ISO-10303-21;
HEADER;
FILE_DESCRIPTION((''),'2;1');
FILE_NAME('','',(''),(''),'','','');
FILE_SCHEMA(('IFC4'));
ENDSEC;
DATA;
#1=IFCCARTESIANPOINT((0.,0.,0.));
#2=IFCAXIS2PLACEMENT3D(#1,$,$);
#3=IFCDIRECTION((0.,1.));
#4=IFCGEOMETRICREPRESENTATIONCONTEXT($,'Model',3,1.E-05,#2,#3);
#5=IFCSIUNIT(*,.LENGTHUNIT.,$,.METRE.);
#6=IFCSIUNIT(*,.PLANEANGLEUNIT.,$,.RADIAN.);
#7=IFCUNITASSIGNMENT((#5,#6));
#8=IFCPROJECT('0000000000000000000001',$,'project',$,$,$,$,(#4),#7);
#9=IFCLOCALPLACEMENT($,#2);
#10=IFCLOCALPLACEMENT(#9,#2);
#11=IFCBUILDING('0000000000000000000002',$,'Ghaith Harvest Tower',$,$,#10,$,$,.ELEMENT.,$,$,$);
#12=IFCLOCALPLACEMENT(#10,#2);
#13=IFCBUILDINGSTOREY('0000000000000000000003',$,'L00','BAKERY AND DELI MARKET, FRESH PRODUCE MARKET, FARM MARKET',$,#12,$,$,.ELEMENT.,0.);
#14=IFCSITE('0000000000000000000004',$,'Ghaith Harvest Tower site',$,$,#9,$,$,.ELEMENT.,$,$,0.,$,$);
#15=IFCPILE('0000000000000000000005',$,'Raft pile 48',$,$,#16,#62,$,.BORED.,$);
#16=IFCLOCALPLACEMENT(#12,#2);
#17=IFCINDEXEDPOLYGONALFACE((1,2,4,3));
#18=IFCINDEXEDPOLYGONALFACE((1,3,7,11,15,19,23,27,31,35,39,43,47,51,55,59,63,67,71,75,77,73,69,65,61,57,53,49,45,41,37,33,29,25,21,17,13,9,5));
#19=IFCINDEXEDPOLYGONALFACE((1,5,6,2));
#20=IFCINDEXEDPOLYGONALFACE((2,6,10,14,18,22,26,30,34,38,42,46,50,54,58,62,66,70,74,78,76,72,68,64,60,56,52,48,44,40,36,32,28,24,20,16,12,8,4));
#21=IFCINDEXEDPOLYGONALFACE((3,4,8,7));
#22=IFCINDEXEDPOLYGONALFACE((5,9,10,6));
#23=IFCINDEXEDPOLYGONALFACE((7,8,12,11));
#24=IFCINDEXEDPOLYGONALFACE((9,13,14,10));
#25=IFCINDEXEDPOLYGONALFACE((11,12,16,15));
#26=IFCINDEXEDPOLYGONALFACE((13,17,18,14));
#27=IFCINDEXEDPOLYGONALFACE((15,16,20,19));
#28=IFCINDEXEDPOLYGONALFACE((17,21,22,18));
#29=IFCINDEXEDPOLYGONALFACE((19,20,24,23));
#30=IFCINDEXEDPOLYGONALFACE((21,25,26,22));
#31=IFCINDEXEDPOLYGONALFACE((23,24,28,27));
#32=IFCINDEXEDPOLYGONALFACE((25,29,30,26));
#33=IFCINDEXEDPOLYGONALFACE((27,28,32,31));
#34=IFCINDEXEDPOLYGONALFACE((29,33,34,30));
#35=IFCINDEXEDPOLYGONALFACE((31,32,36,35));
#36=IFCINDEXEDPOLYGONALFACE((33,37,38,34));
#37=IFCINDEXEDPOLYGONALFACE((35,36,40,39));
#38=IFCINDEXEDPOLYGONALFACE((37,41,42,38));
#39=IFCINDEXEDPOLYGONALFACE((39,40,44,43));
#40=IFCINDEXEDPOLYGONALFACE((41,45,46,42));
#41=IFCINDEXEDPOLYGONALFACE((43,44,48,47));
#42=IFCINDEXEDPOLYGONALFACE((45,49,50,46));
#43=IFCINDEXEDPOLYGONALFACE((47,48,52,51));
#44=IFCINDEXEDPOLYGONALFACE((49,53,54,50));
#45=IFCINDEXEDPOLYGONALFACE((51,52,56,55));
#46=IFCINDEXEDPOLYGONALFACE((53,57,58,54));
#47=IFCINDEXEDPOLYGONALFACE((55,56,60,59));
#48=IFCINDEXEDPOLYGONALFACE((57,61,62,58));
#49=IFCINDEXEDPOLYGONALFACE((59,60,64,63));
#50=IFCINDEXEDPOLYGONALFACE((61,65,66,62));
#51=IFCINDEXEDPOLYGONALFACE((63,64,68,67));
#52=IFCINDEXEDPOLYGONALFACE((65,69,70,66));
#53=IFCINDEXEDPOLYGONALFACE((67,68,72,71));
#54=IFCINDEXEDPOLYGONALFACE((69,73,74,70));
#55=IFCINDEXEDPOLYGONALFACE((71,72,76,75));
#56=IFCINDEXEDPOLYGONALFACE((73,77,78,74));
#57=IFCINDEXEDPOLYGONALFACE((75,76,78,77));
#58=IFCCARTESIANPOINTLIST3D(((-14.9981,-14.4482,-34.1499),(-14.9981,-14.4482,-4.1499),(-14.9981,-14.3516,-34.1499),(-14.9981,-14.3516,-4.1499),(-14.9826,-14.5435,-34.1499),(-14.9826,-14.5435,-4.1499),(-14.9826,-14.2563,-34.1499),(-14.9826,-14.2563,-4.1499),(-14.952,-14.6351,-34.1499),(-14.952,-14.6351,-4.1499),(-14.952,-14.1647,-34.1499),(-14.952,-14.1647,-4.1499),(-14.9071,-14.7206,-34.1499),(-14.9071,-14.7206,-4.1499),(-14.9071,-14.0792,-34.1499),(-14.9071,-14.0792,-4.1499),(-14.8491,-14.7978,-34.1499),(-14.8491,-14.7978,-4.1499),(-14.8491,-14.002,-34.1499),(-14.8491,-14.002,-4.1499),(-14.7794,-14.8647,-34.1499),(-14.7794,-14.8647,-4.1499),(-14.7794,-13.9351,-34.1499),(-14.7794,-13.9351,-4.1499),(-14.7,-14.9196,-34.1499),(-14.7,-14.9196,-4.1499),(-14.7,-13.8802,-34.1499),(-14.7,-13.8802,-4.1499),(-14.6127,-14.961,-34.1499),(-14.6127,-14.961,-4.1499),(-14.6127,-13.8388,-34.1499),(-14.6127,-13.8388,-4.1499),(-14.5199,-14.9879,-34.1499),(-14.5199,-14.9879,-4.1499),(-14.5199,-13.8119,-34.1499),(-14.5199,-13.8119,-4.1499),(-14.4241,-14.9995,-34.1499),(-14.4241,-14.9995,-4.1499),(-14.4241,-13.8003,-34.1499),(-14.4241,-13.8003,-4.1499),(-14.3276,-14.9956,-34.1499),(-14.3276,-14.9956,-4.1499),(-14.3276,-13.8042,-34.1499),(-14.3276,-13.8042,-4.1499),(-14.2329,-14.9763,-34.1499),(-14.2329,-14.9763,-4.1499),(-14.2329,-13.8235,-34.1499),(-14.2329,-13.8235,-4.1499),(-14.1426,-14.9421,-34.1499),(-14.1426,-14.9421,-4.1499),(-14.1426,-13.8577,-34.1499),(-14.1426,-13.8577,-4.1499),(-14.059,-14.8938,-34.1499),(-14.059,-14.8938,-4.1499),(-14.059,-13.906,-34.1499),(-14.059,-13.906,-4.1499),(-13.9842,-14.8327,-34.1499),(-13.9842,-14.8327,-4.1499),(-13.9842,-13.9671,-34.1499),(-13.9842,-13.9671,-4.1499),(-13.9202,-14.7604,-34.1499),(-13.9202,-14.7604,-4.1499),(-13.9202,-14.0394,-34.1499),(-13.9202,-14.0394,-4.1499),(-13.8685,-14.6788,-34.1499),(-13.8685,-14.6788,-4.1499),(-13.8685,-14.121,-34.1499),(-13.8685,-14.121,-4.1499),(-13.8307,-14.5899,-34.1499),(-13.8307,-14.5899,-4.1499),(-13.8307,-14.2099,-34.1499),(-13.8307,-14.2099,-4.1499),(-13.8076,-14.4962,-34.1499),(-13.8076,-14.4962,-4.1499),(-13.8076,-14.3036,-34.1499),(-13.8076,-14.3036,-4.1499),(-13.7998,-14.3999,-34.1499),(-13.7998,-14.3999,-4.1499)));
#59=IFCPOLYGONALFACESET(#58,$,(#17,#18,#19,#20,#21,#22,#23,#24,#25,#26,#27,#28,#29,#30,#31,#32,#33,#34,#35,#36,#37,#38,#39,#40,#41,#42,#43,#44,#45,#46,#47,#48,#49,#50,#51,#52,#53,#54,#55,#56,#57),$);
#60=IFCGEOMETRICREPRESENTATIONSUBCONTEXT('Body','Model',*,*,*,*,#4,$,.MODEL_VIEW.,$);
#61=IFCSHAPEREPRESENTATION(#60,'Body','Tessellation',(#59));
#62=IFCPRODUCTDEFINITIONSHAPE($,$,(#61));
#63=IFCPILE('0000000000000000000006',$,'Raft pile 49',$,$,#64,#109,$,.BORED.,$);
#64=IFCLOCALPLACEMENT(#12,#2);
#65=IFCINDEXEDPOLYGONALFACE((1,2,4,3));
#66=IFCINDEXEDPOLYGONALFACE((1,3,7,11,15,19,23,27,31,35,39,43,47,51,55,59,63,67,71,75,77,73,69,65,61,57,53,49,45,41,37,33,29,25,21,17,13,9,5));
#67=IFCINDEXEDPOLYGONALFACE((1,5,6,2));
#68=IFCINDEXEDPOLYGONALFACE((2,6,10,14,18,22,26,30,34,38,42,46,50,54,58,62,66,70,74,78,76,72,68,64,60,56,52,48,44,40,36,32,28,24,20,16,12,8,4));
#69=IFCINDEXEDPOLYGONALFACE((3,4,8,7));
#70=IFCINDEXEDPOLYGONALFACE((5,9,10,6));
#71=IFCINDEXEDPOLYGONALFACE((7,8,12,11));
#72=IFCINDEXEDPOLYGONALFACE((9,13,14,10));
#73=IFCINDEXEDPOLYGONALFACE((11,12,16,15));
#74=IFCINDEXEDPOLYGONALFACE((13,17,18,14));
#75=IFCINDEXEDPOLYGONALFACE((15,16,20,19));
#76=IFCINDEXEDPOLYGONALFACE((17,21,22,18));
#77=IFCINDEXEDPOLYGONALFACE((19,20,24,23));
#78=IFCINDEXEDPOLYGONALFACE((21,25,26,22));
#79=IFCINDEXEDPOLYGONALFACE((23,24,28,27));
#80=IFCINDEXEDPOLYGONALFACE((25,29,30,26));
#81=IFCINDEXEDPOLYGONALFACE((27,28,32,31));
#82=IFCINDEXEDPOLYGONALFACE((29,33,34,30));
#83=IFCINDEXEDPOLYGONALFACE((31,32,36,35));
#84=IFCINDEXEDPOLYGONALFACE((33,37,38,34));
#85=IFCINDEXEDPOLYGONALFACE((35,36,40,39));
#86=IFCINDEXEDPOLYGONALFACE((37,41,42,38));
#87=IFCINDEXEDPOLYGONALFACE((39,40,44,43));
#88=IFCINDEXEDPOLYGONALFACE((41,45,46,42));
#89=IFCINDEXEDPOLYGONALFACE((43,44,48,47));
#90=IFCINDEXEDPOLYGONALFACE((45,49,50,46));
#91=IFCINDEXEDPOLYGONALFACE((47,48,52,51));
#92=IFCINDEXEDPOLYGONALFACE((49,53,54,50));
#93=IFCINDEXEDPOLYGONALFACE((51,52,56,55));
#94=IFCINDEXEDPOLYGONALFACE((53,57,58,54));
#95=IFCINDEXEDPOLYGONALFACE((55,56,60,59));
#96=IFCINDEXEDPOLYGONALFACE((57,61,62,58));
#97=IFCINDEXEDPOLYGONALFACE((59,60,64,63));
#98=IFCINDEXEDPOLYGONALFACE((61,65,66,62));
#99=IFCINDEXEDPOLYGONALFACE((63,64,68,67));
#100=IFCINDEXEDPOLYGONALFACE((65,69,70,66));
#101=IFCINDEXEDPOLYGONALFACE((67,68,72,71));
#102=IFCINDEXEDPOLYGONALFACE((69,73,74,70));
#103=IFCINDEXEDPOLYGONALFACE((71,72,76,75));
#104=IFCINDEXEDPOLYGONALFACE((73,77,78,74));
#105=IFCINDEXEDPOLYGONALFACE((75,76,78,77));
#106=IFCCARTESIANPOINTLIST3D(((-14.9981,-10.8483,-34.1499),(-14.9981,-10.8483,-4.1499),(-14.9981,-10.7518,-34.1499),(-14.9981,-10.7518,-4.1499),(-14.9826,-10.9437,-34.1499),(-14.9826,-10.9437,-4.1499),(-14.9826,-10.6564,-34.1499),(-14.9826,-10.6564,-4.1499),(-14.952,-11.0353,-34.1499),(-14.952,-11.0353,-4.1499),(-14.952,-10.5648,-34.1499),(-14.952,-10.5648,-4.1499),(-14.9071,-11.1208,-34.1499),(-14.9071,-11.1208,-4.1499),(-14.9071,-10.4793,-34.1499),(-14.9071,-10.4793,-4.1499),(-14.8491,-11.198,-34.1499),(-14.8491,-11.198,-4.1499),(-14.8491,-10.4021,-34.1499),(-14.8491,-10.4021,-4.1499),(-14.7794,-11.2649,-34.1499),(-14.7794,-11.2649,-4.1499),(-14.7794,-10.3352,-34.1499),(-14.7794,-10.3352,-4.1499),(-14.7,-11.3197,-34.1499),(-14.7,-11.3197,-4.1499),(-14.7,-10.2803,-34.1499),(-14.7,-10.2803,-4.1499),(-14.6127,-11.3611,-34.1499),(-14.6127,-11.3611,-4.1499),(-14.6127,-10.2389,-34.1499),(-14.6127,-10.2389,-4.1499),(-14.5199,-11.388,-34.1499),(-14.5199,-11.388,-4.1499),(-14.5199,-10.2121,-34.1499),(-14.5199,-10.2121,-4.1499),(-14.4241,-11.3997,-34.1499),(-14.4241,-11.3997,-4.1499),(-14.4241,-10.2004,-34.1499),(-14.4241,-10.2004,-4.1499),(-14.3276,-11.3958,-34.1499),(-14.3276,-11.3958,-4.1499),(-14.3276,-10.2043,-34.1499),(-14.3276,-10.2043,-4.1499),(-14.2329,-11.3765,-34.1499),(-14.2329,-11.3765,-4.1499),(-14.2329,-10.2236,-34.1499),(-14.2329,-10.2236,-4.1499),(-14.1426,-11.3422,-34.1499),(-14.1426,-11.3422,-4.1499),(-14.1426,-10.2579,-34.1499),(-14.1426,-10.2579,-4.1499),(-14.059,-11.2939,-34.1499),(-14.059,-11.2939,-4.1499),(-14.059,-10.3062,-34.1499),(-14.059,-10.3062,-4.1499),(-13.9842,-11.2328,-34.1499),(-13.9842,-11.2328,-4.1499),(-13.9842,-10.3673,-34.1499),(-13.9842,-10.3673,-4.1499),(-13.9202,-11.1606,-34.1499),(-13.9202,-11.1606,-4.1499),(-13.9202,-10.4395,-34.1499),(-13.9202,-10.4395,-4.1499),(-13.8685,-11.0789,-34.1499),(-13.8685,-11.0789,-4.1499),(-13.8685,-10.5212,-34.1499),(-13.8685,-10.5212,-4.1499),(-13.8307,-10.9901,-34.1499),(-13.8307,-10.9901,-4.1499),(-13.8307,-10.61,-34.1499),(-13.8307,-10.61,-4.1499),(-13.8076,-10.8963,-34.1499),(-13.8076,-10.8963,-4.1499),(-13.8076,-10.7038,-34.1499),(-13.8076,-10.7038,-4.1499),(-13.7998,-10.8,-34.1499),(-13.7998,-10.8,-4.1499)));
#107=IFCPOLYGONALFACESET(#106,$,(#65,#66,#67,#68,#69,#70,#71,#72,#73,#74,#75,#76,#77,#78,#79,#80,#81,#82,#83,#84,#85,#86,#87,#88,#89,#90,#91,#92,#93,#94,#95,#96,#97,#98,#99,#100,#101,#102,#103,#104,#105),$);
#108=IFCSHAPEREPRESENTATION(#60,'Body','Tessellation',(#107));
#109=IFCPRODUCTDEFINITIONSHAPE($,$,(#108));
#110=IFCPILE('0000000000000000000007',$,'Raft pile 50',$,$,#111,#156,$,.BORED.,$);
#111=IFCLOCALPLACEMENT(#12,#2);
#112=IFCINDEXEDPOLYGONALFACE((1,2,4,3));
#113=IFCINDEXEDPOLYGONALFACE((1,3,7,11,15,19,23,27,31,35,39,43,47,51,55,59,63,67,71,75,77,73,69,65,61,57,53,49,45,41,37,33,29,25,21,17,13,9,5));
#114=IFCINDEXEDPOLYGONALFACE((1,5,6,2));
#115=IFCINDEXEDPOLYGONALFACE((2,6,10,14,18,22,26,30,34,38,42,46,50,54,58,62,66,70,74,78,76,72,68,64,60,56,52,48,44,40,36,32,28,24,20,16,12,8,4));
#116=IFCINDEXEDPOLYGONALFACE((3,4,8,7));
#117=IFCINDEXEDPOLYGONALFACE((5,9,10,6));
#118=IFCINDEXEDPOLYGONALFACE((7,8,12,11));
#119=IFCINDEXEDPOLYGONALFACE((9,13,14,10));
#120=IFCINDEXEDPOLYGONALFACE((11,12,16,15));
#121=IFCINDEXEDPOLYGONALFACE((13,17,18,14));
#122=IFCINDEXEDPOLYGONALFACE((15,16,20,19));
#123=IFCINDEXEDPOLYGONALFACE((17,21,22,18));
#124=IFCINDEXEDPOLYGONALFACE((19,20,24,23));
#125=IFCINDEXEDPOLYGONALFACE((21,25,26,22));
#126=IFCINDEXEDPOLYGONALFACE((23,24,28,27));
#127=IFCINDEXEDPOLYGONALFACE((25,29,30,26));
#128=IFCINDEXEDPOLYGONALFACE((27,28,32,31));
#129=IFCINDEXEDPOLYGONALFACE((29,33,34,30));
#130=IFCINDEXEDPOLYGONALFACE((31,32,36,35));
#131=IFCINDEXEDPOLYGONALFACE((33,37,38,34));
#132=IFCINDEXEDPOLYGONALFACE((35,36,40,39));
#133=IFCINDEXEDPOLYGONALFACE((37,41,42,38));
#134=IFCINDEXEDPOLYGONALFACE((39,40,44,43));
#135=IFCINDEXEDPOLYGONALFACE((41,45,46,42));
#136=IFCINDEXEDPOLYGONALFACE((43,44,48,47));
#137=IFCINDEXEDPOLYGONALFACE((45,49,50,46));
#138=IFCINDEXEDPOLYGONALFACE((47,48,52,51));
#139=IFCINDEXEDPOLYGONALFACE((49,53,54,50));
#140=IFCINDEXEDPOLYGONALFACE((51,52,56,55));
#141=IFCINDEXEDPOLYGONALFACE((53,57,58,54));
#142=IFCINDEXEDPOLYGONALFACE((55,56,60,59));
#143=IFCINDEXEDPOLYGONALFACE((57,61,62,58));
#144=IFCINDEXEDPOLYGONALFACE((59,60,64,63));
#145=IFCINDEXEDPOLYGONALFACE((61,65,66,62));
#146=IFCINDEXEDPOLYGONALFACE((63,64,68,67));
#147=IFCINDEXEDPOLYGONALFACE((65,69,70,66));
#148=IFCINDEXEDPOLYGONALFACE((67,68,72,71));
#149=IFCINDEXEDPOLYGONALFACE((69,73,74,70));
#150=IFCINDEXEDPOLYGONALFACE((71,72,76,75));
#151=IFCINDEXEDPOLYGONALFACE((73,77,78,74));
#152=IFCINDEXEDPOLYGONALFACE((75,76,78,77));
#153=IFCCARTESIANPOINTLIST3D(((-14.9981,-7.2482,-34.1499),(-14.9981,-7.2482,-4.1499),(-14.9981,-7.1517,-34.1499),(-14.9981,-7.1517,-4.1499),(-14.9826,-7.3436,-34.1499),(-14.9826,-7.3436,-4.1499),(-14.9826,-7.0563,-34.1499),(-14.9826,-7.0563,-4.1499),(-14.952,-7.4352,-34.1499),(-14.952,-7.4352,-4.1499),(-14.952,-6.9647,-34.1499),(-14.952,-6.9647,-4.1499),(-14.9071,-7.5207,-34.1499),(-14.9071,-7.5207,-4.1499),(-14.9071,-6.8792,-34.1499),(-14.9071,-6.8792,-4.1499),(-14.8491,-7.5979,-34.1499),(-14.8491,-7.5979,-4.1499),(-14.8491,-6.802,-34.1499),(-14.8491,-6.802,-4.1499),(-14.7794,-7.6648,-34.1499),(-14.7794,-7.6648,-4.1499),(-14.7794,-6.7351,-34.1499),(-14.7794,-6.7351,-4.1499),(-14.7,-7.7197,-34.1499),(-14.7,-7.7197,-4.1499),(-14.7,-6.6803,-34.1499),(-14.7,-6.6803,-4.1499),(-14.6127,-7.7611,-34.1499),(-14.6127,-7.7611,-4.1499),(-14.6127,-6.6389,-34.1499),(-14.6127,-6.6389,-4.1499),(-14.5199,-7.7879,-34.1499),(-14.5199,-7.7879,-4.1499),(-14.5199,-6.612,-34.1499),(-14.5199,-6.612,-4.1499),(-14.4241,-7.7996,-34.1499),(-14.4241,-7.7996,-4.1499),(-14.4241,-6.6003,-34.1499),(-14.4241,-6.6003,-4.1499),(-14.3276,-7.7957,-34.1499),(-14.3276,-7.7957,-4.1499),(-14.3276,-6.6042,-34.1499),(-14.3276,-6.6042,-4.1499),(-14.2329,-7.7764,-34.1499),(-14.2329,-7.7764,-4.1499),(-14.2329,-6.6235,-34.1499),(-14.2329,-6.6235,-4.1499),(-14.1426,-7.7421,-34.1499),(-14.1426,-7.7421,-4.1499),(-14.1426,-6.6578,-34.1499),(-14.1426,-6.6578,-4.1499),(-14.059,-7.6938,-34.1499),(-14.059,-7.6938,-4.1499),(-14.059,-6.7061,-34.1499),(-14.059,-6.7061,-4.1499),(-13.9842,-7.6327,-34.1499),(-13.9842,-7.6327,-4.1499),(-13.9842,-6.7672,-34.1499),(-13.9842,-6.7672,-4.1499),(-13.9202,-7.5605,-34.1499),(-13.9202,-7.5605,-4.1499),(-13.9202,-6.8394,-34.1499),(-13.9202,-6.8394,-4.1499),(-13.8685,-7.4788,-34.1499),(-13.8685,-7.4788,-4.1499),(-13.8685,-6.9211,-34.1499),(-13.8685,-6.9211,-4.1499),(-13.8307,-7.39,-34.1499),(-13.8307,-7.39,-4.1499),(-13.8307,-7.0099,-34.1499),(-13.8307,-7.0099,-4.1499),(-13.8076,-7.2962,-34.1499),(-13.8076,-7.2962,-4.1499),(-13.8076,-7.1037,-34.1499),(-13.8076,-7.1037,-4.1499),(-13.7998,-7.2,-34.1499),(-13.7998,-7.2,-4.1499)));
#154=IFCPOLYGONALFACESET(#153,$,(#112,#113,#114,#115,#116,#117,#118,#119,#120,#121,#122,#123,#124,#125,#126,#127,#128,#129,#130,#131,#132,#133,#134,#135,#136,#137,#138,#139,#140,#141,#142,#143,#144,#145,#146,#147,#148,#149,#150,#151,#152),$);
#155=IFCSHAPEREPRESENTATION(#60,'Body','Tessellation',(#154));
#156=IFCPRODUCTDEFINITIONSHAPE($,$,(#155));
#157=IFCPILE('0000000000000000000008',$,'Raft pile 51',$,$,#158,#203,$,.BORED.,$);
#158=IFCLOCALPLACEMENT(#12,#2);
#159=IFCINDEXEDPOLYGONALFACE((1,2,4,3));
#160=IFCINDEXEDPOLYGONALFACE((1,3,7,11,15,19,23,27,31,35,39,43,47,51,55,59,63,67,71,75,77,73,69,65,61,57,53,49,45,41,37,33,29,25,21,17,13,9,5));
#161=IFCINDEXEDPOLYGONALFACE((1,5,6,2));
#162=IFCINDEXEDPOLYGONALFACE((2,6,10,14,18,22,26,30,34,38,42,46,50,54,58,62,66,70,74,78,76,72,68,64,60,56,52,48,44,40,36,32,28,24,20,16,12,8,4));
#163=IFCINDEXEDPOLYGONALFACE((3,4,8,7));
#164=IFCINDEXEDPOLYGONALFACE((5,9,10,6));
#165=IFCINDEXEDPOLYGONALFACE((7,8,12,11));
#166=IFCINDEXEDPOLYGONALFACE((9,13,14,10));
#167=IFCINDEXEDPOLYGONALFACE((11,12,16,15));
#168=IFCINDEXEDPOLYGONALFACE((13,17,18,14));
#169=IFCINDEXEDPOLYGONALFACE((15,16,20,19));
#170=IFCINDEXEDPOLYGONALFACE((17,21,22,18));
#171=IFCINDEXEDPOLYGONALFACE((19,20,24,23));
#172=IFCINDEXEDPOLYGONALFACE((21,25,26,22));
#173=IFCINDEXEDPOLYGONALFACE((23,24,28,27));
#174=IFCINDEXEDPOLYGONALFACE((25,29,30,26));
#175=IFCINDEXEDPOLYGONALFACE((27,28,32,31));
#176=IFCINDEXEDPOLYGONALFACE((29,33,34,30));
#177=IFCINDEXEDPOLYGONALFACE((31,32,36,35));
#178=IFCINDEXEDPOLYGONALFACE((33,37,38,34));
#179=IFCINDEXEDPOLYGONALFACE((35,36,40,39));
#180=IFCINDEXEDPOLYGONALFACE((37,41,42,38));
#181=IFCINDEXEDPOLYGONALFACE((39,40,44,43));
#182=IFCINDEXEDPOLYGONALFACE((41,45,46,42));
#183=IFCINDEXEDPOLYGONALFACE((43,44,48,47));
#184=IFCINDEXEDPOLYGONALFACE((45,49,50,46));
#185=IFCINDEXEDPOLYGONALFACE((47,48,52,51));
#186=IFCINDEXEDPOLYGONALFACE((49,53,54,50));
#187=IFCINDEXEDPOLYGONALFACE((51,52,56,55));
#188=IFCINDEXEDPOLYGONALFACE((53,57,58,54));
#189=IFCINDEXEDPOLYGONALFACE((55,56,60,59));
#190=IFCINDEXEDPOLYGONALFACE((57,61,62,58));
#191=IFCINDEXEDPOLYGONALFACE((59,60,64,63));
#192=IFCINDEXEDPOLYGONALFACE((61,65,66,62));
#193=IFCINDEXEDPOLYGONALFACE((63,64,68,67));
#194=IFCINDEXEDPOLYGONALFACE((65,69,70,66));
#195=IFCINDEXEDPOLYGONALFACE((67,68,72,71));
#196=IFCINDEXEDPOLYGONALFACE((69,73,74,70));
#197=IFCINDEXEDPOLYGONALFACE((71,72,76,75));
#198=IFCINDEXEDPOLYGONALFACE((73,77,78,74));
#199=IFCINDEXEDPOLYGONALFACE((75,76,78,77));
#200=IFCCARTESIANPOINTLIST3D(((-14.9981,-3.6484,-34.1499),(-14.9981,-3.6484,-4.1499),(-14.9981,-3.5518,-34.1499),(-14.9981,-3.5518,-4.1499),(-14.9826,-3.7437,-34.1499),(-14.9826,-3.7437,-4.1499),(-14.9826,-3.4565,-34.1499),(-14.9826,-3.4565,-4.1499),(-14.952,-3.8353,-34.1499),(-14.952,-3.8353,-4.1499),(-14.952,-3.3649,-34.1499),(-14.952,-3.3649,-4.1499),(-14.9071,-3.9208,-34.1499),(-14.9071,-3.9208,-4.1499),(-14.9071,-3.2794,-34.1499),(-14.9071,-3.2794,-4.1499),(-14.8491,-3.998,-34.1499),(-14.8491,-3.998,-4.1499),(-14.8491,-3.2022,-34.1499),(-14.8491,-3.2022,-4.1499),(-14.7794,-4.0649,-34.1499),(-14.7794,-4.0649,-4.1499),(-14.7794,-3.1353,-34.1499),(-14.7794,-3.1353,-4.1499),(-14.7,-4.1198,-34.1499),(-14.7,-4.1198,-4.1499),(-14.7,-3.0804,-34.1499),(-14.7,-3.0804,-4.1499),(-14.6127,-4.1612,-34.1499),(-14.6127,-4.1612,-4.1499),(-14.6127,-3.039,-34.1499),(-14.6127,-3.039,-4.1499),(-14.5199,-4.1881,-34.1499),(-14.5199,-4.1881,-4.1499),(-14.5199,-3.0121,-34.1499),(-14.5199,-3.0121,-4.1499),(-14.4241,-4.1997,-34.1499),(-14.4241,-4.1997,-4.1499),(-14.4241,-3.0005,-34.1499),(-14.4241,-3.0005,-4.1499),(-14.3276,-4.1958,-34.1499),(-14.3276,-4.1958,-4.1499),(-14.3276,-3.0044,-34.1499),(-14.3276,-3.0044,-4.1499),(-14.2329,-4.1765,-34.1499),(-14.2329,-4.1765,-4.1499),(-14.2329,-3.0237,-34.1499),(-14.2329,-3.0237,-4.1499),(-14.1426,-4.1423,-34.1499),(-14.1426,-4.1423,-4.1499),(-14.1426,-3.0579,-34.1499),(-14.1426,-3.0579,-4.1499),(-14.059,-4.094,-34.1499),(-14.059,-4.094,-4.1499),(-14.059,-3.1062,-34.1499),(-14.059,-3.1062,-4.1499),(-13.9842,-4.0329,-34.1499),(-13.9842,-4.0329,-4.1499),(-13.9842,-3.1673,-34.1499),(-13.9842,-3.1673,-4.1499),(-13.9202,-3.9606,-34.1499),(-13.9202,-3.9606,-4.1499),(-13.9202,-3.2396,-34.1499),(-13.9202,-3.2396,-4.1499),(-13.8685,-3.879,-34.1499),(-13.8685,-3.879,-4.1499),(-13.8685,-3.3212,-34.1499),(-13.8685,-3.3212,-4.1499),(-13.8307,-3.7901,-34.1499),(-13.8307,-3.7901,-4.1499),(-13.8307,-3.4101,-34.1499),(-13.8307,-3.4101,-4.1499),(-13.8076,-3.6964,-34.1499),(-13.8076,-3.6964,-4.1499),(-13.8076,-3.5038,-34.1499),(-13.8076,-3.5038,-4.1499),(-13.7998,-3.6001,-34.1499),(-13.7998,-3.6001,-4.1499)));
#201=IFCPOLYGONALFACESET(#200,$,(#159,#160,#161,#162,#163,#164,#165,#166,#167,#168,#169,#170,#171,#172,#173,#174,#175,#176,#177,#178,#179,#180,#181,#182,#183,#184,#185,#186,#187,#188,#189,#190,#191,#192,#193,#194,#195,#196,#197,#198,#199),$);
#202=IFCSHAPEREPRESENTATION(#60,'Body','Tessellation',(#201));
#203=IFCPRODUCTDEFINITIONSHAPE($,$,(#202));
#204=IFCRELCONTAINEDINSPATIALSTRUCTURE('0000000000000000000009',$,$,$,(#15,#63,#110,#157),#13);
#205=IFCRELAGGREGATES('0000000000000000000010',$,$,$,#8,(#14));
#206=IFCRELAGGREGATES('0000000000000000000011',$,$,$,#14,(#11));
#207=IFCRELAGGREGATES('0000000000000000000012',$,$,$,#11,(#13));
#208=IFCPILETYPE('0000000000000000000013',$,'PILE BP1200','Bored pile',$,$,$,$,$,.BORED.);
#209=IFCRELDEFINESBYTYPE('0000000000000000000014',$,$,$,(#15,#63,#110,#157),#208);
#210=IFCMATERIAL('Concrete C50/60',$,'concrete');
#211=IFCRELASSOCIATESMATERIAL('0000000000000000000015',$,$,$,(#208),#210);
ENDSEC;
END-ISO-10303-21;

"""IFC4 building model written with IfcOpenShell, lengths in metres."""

from ifc_helpers import new_model, si_unit, direction, frame, origin, origin_2d, place, context, subcontext, project, spatial, circle, extrude, material, material_profile, profile_set, type_object, element, save


model = new_model("IFC4")

# Units and contexts
model_context = context("Model", 3, precision=1e-05, world=origin(), true_north=direction((0.0, 1.0)))
body_context = subcontext(model_context, "Body", "Model", "MODEL_VIEW")
ifc_project = project(units=[si_unit("LENGTHUNIT", "METRE"), si_unit("PLANEANGLEUNIT", "RADIAN")], contexts=[model_context])

# Site, building, storey
site_placement = place(None, origin())
site = spatial("IfcSite", under=ifc_project, at=site_placement, Name="Ghaith Harvest Tower site", CompositionType="ELEMENT", RefElevation=0.0)
building_placement = place(site_placement, origin())
building = spatial("IfcBuilding", under=site, at=building_placement, Name="Ghaith Harvest Tower", CompositionType="ELEMENT")
storey_placement = place(building_placement, origin())
storey = spatial("IfcBuildingStorey", under=building, at=storey_placement, Name="L00", Description="BAKERY AND DELI MARKET, FRESH PRODUCE MARKET, FARM MARKET", CompositionType="ELEMENT", Elevation=0.0)

# Piles
ifc_material_1 = material(Name="Concrete C50/60", Category="concrete")
ifc_material_profile = material_profile(ifc_material_1, circle(Radius=0.6001, at=origin_2d()), Name="PILE1200")
ifc_profile_set = profile_set([ifc_material_profile], Name="Concrete C50/60")
pile_type = type_object("IfcPileType", Name="PILE BP1200", Description="Bored pile", PredefinedType="BORED", material=ifc_profile_set)
for number, where, z_axis, x_axis, name in (
    (1, (-14.3999, -14.3999, -4.1499), (0.0, 0.0, -1.0), (1.0, 0.0, 0.0), "Raft pile 48"),
    (2, (-14.3999, -10.8, -4.1499), (0.0, 0.0, -1.0), (1.0, 0.0, 0.0), "Raft pile 49"),
    (3, (-14.3999, -7.2, -4.1499), (0.0, 0.0, -1.0), (1.0, 0.0, 0.0), "Raft pile 50"),
    (4, (-14.3999, -3.6001, -4.1499), (0.0, 0.0, -1.0), (1.0, 0.0, 0.0), "Raft pile 51"),
):
    element("IfcPile", number, at=place(storey_placement, frame(where, z_axis=z_axis, x_axis=x_axis)), inside=storey, type_object=pile_type, Name=name, PredefinedType="BORED", context=body_context, shape_type="SweptSolid", body=[
        extrude(circle(Radius=0.6001, at=origin_2d()), origin(), (0.0, 0.0, 1.0), 30.0),
    ])

save(model, "model.ifc")
